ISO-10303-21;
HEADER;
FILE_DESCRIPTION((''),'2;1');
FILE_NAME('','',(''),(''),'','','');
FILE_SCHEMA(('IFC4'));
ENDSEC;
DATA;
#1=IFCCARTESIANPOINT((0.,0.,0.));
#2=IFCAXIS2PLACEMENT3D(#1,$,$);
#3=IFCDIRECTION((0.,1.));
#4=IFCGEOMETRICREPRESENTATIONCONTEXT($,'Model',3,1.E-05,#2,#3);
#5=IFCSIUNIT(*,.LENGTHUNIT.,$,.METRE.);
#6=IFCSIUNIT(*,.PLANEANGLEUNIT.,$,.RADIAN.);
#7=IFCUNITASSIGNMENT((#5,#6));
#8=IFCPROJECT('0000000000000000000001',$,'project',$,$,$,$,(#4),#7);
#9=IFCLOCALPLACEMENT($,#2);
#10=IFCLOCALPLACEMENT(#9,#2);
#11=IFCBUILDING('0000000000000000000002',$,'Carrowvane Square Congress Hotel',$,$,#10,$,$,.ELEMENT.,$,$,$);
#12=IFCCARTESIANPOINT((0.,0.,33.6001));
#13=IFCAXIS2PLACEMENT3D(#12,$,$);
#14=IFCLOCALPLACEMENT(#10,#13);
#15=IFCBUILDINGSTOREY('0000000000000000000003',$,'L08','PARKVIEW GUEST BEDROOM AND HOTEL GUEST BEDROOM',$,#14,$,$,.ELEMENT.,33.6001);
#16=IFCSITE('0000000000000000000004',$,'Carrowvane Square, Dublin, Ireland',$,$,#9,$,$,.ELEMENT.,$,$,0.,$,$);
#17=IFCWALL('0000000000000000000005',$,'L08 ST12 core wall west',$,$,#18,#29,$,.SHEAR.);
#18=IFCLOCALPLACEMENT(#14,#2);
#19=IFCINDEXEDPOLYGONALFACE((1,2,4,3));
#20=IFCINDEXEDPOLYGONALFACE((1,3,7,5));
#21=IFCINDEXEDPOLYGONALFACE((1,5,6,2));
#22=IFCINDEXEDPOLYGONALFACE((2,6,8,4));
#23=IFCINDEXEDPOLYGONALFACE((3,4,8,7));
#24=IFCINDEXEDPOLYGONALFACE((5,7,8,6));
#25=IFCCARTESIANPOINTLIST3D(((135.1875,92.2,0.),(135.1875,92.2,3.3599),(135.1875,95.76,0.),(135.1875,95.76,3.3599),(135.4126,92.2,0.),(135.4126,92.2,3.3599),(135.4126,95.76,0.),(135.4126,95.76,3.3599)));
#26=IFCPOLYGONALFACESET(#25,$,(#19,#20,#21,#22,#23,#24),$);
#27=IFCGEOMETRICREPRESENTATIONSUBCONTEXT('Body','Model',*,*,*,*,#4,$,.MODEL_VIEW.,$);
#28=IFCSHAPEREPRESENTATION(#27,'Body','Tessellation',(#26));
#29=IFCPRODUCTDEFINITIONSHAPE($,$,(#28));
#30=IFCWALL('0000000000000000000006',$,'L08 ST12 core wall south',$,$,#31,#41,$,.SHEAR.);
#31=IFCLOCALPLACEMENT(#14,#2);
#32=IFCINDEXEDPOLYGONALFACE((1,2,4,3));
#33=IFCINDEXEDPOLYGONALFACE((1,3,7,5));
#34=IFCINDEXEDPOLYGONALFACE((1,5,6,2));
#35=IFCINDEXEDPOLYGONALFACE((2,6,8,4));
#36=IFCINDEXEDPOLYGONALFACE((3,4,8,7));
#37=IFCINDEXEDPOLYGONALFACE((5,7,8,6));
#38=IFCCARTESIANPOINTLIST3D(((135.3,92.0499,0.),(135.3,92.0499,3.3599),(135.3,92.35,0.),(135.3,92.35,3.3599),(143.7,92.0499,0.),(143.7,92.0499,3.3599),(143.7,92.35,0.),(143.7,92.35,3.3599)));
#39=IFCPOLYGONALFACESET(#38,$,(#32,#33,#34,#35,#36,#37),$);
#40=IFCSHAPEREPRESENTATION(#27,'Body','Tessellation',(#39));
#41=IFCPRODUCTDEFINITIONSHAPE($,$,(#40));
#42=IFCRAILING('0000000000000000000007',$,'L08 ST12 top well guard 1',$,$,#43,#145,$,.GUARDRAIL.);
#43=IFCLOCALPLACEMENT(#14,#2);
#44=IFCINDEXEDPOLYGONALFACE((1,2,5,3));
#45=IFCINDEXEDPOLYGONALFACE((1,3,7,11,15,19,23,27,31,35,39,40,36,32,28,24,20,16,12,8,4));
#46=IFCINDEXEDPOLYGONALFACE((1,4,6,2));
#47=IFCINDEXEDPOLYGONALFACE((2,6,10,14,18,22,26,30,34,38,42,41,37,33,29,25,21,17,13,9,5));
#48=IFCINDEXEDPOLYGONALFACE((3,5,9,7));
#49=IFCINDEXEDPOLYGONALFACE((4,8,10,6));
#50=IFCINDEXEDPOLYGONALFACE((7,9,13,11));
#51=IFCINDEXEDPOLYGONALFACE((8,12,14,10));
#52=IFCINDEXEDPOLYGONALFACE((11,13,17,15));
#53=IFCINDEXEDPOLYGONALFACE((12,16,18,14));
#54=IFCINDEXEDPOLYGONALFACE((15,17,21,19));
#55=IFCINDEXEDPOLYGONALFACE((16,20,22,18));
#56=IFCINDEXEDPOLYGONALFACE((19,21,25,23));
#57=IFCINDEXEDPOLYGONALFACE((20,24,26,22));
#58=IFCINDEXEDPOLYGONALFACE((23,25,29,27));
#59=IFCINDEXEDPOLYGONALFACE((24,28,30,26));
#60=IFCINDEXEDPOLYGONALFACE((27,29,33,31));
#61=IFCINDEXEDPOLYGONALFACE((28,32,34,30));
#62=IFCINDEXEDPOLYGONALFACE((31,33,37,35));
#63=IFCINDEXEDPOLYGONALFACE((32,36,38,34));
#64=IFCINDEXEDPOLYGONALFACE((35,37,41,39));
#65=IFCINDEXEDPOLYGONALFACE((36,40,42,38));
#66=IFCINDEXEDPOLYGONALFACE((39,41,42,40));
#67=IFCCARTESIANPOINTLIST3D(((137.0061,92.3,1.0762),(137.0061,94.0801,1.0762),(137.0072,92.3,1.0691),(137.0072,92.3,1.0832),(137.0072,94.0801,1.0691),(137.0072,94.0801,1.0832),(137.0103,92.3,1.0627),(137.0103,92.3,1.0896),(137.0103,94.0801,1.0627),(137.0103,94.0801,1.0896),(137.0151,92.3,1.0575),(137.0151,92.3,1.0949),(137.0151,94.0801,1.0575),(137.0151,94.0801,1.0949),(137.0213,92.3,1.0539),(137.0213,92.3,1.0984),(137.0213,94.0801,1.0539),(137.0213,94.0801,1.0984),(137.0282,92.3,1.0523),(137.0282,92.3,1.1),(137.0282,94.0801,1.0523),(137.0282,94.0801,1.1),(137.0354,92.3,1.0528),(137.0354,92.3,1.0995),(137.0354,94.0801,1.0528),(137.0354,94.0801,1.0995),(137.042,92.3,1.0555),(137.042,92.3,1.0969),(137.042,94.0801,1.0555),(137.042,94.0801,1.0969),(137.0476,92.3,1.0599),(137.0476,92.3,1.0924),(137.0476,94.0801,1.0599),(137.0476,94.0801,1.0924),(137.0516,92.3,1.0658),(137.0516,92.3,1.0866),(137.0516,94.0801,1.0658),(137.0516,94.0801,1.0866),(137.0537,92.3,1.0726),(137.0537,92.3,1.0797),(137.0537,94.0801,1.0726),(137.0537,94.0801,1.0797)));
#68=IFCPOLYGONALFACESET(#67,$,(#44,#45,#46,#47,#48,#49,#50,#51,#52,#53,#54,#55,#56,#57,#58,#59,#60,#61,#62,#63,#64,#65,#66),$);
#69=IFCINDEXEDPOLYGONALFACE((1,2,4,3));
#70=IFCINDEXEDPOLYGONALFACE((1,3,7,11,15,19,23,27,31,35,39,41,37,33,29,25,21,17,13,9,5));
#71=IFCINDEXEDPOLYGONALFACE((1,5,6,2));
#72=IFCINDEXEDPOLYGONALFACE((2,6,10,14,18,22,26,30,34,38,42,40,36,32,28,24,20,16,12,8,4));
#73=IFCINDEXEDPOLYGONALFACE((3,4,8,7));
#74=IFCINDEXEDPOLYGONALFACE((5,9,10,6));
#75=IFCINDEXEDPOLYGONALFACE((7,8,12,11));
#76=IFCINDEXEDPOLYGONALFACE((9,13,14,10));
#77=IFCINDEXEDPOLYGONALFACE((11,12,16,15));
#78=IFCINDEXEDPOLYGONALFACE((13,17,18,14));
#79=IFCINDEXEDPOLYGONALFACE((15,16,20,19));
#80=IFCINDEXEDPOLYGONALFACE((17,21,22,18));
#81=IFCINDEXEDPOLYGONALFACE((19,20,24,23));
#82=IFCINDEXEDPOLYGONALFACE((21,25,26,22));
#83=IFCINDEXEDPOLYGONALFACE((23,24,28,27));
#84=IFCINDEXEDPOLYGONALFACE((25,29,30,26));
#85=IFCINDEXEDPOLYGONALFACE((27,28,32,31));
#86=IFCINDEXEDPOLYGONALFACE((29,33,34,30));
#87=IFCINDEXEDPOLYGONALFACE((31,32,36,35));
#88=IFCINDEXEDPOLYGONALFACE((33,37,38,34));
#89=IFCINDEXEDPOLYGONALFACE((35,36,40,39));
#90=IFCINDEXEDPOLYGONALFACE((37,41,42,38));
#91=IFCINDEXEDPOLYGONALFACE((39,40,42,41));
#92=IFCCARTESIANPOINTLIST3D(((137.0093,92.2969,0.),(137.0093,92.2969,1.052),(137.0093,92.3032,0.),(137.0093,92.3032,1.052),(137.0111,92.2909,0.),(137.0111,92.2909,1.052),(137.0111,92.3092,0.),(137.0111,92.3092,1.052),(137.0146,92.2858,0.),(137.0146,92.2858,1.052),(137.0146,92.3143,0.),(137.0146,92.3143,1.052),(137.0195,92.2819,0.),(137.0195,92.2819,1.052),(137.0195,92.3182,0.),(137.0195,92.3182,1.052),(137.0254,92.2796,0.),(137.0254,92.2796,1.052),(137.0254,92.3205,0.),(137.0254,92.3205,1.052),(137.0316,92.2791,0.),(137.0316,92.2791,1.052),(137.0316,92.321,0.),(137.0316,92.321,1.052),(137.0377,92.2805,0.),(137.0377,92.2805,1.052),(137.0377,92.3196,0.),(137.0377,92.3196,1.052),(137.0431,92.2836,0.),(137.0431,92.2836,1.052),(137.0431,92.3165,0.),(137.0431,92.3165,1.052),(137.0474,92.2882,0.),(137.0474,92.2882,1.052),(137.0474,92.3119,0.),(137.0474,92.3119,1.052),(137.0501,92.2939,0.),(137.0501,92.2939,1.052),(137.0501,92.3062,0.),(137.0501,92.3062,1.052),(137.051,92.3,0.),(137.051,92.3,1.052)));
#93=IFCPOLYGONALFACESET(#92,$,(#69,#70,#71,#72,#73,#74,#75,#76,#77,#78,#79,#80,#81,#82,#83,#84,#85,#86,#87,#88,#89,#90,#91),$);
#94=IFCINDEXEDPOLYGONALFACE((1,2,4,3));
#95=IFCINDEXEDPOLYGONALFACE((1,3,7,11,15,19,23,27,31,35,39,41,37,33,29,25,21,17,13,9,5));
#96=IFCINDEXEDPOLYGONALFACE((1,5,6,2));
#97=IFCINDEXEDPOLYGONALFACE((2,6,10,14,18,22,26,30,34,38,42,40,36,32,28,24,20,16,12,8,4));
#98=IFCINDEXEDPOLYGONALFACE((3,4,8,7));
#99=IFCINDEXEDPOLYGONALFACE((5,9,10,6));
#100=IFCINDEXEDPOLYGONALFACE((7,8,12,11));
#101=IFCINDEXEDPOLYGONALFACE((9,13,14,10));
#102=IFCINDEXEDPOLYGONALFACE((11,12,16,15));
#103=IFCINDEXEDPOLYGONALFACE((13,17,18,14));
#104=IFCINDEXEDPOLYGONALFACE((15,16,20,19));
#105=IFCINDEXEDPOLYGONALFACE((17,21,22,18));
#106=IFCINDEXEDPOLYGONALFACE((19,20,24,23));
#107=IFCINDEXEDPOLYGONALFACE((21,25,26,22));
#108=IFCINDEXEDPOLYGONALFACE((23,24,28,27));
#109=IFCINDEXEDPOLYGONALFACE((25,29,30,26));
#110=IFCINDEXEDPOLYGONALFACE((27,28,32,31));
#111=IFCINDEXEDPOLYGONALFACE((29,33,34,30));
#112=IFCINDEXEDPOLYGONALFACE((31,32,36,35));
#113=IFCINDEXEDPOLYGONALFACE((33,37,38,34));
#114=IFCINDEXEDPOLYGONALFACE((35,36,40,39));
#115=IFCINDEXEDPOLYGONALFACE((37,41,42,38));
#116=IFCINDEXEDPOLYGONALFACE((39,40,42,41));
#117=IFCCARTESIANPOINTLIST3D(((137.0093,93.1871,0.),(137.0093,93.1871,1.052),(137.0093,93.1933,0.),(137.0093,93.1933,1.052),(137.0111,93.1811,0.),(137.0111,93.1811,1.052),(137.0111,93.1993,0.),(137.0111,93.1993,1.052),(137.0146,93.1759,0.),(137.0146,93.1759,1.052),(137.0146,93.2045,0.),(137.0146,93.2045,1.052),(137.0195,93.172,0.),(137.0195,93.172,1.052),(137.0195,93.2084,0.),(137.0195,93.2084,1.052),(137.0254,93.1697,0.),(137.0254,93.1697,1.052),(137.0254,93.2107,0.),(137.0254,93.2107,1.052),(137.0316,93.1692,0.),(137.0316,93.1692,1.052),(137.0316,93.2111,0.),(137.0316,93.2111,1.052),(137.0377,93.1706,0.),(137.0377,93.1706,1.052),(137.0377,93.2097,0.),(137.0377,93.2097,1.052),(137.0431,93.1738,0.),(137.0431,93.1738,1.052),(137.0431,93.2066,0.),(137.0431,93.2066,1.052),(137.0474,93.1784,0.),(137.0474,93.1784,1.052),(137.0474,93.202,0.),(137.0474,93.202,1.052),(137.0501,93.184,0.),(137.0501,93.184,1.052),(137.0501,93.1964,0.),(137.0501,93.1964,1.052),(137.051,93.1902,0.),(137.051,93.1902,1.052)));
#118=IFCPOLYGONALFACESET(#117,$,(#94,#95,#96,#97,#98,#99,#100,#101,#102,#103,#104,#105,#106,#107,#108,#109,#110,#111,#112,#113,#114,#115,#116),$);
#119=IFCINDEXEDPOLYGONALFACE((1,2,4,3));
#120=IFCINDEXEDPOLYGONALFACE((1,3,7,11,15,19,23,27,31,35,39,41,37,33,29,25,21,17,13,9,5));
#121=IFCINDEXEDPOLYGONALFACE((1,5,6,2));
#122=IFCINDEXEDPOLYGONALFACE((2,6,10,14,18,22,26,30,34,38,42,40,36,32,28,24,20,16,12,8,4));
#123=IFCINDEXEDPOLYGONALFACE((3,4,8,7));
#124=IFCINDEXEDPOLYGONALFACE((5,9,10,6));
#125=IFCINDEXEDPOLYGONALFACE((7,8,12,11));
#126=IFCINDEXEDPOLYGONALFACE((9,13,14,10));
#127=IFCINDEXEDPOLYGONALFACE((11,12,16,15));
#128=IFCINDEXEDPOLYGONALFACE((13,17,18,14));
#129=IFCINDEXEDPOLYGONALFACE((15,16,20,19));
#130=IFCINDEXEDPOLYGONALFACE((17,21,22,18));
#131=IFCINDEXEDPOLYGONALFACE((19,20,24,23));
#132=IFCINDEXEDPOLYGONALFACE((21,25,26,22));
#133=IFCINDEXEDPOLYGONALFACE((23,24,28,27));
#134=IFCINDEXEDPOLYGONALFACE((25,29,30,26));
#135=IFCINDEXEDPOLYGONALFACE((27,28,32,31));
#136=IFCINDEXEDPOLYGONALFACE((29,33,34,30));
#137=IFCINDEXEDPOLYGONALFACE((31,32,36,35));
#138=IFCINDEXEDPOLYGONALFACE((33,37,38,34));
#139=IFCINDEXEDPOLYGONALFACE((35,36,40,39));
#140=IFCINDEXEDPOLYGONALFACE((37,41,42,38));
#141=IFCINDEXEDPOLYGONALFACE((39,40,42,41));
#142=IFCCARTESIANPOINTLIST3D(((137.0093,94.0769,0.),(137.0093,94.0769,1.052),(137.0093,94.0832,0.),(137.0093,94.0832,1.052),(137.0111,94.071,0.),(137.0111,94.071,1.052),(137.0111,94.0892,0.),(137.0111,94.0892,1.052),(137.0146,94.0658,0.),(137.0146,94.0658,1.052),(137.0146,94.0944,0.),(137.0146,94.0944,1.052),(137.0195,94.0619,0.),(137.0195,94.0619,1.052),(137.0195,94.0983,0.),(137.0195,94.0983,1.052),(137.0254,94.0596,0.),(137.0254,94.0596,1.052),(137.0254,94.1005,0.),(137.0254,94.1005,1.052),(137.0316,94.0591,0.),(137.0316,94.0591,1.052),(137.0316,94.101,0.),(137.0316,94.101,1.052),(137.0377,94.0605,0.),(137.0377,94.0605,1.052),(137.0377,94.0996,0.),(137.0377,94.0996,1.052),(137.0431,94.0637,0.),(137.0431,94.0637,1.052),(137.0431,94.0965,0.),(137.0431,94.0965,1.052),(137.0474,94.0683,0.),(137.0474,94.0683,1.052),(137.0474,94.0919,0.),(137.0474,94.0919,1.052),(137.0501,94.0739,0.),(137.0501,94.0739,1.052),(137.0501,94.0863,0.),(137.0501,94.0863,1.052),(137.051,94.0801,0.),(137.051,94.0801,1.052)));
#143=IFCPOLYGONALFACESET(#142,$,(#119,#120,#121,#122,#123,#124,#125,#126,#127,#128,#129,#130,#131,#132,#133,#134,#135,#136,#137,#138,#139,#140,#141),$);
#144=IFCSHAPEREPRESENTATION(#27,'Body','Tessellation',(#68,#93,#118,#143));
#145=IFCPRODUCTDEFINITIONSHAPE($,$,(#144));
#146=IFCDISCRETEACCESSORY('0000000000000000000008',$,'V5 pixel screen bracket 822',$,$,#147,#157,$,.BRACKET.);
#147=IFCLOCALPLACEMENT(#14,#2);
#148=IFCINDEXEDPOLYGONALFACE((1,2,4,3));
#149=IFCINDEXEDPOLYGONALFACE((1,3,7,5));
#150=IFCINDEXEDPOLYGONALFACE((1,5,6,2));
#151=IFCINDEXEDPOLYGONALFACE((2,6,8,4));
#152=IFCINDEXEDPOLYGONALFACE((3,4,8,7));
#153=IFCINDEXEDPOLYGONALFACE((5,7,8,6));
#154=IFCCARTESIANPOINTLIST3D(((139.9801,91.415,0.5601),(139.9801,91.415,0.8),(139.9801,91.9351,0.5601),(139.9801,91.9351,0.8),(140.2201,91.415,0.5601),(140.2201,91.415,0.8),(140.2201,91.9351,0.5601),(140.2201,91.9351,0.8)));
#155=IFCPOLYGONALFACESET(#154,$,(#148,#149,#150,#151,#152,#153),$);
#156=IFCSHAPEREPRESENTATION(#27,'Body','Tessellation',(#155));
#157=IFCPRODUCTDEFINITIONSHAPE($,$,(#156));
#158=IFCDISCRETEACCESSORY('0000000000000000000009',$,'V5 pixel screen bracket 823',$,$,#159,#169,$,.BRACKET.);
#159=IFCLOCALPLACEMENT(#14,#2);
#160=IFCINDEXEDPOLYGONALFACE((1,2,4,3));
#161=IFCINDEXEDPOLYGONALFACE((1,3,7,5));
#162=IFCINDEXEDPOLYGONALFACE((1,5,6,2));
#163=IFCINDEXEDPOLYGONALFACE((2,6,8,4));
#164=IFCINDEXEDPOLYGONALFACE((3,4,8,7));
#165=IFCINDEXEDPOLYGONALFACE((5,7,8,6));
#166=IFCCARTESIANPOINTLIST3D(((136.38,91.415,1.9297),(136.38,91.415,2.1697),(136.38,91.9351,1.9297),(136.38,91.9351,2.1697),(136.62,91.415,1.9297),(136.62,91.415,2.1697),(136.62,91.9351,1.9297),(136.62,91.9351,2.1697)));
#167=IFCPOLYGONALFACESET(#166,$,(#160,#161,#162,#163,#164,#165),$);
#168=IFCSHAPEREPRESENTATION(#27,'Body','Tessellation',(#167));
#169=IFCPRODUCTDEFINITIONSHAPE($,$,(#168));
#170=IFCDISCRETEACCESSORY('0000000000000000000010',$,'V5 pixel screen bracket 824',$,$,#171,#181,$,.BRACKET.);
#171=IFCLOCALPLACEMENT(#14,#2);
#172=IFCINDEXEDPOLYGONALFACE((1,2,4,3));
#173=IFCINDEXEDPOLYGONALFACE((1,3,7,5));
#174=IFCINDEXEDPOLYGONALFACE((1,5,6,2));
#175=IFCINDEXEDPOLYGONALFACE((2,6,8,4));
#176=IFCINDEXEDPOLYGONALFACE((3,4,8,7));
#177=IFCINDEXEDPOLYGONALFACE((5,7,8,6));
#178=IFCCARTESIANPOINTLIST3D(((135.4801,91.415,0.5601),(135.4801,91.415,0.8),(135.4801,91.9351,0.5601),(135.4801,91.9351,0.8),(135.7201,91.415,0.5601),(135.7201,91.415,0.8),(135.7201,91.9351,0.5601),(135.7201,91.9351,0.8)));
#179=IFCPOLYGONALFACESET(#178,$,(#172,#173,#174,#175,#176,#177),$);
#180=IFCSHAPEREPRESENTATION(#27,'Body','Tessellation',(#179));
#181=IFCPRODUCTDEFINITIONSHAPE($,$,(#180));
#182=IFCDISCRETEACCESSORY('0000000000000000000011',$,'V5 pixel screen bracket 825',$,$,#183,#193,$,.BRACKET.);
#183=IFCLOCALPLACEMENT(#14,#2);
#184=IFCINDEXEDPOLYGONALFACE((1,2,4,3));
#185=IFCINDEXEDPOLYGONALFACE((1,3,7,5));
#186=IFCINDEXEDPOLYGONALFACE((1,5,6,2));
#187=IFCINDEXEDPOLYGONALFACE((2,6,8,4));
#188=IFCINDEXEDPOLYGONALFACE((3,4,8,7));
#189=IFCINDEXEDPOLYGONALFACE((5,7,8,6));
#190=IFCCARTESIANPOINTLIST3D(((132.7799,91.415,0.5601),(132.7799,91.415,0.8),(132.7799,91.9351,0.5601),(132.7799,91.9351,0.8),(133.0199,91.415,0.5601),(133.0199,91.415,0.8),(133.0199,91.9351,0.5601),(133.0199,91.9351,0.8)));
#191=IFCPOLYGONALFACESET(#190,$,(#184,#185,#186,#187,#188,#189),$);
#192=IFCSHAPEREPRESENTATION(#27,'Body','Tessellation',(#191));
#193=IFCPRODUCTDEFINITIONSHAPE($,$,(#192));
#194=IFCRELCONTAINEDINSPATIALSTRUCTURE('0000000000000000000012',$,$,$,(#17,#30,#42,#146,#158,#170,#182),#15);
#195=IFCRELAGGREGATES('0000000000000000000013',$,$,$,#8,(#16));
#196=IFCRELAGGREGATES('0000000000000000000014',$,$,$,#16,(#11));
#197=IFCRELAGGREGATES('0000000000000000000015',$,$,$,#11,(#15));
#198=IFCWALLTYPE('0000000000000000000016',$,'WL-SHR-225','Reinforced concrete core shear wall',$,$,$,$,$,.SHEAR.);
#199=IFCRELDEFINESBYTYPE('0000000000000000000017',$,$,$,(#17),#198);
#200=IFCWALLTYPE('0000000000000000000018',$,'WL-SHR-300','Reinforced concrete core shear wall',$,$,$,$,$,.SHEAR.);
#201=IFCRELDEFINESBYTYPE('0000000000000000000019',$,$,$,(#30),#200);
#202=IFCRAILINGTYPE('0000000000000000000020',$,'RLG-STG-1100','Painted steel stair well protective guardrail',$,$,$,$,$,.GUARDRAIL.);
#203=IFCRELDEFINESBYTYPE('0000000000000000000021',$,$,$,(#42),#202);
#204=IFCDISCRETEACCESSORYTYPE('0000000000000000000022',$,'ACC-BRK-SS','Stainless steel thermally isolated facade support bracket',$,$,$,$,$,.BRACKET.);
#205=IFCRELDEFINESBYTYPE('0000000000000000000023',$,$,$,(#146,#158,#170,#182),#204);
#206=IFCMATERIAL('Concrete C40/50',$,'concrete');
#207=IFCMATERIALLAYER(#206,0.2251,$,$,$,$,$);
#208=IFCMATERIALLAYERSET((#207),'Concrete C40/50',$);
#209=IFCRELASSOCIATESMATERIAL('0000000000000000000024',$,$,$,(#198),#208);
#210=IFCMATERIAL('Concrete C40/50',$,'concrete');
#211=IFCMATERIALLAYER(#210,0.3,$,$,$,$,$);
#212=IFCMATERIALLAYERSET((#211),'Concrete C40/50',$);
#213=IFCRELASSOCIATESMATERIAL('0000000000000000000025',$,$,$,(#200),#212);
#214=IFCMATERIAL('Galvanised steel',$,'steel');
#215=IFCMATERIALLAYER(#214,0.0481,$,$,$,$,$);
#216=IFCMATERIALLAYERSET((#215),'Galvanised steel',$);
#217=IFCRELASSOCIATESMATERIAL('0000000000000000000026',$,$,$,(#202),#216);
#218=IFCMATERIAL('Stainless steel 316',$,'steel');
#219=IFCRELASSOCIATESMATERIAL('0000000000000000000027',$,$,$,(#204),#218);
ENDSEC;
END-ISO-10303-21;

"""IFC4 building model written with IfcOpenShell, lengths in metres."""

from ifc_helpers import new_model, si_unit, direction, frame, frame_2d, origin, origin_2d, place, context, subcontext, project, spatial, rectangle, circle, extrude, material, layer, layer_set, type_object, element, save


model = new_model("IFC4")

# Units and contexts
model_context = context("Model", 3, precision=1e-05, world=origin(), true_north=direction((0.0, 1.0)))
body_context = subcontext(model_context, "Body", "Model", "MODEL_VIEW")
ifc_project = project(units=[si_unit("LENGTHUNIT", "METRE"), si_unit("PLANEANGLEUNIT", "RADIAN")], contexts=[model_context])

# Site, building, storey
site_placement = place(None, origin())
site = spatial("IfcSite", under=ifc_project, at=site_placement, Name="Carrowvane Square, Dublin, Ireland", CompositionType="ELEMENT", RefElevation=0.0)
building_placement = place(site_placement, origin())
building = spatial("IfcBuilding", under=site, at=building_placement, Name="Carrowvane Square Congress Hotel", CompositionType="ELEMENT")
storey_placement = place(building_placement, frame((0.0, 0.0, 33.6001)))
storey = spatial("IfcBuildingStorey", under=building, at=storey_placement, Name="L08", Description="PARKVIEW GUEST BEDROOM AND HOTEL GUEST BEDROOM", CompositionType="ELEMENT", Elevation=33.6001)

# Walls
ifc_material_1 = material(Name="Concrete C40/50", Category="concrete")
ifc_layer_1 = layer(ifc_material_1, 0.2251)
ifc_layer_set_1 = layer_set([ifc_layer_1], Name="Concrete C40/50")
wall_type_1 = type_object("IfcWallType", Name="WL-SHR-225", Description="Reinforced concrete core shear wall", PredefinedType="SHEAR", material=ifc_layer_set_1)
wall_1_placement = place(storey_placement, frame((135.3, 95.76, 0.0), z_axis=(0.0, 0.0, 1.0), x_axis=(0.0, -1.0, 0.0)))
element("IfcWall", 1, at=wall_1_placement, inside=storey, type_object=wall_type_1, Name="L08 ST12 core wall west", PredefinedType="SHEAR", context=body_context, shape_type="SweptSolid", body=[
    extrude(rectangle(XDim=3.5601, YDim=0.2251, at=frame_2d((1.78, 0.0))), origin(), (0.0, 0.0, 1.0), 3.3599),
])
ifc_material_2 = material(Name="Concrete C40/50", Category="concrete")
ifc_layer_2 = layer(ifc_material_2, 0.3)
ifc_layer_set_2 = layer_set([ifc_layer_2], Name="Concrete C40/50")
wall_type_2 = type_object("IfcWallType", Name="WL-SHR-300", Description="Reinforced concrete core shear wall", PredefinedType="SHEAR", material=ifc_layer_set_2)
wall_2_placement = place(storey_placement, frame((135.3, 92.2, 0.0), z_axis=(0.0, 0.0, 1.0), x_axis=(1.0, 0.0, 0.0)))
element("IfcWall", 2, at=wall_2_placement, inside=storey, type_object=wall_type_2, Name="L08 ST12 core wall south", PredefinedType="SHEAR", context=body_context, shape_type="SweptSolid", body=[
    extrude(rectangle(XDim=8.3999, YDim=0.3, at=frame_2d((4.2, 0.0))), origin(), (0.0, 0.0, 1.0), 3.3599),
])

# Railing
ifc_material_3 = material(Name="Galvanised steel", Category="steel")
ifc_layer_3 = layer(ifc_material_3, 0.0481)
ifc_layer_set_3 = layer_set([ifc_layer_3], Name="Galvanised steel")
railing_type = type_object("IfcRailingType", Name="RLG-STG-1100", Description="Painted steel stair well protective guardrail", PredefinedType="GUARDRAIL", material=ifc_layer_set_3)
railing_placement = place(storey_placement, frame((137.03, 92.3, 0.0)))
element("IfcRailing", 3, at=railing_placement, inside=storey, type_object=railing_type, Name="L08 ST12 top well guard 1", PredefinedType="GUARDRAIL", context=body_context, shape_type="SweptSolid", body=[
    extrude(circle(Radius=0.0239, at=origin_2d()), frame((0.0, 0.0, 1.0762), z_axis=(0.0, 1.0, 0.0), x_axis=(-1.0, 0.0, 0.0)), (0.0, 0.0, 1.0), 1.78),
    extrude(circle(Radius=0.021, at=origin_2d()), origin(), (0.0, 0.0, 1.0), 1.052),
    extrude(circle(Radius=0.021, at=origin_2d()), frame((0.0, 0.8901, 0.0)), (0.0, 0.0, 1.0), 1.052),
    extrude(circle(Radius=0.021, at=origin_2d()), frame((0.0, 1.78, 0.0)), (0.0, 0.0, 1.0), 1.052),
])

# Discrete accessories
ifc_material_4 = material(Name="Stainless steel 316", Category="steel")
discrete_accessory_type = type_object("IfcDiscreteAccessoryType", Name="ACC-BRK-SS", Description="Stainless steel thermally isolated facade support bracket", PredefinedType="BRACKET", material=ifc_material_4)
for number, where, z_axis, x_axis, name in (
    (4, (140.1001, 91.675, 0.5601), (0.0, 0.0, 1.0), (-1.0, 0.0, 0.0), "V5 pixel screen bracket 822"),
    (5, (136.5, 91.675, 1.9297), (0.0, 0.0, 1.0), (-1.0, 0.0, 0.0), "V5 pixel screen bracket 823"),
    (6, (135.6001, 91.675, 0.5601), (0.0, 0.0, 1.0), (-1.0, 0.0, 0.0), "V5 pixel screen bracket 824"),
    (7, (132.8999, 91.675, 0.5601), (0.0, 0.0, 1.0), (-1.0, 0.0, 0.0), "V5 pixel screen bracket 825"),
):
    element("IfcDiscreteAccessory", number, at=place(storey_placement, frame(where, z_axis=z_axis, x_axis=x_axis)), inside=storey, type_object=discrete_accessory_type, Name=name, PredefinedType="BRACKET", context=body_context, shape_type="SweptSolid", body=[
        extrude(rectangle(XDim=0.24, YDim=0.52, at=origin_2d()), origin(), (0.0, 0.0, 1.0), 0.24),
    ])

save(model, "model.ifc")
